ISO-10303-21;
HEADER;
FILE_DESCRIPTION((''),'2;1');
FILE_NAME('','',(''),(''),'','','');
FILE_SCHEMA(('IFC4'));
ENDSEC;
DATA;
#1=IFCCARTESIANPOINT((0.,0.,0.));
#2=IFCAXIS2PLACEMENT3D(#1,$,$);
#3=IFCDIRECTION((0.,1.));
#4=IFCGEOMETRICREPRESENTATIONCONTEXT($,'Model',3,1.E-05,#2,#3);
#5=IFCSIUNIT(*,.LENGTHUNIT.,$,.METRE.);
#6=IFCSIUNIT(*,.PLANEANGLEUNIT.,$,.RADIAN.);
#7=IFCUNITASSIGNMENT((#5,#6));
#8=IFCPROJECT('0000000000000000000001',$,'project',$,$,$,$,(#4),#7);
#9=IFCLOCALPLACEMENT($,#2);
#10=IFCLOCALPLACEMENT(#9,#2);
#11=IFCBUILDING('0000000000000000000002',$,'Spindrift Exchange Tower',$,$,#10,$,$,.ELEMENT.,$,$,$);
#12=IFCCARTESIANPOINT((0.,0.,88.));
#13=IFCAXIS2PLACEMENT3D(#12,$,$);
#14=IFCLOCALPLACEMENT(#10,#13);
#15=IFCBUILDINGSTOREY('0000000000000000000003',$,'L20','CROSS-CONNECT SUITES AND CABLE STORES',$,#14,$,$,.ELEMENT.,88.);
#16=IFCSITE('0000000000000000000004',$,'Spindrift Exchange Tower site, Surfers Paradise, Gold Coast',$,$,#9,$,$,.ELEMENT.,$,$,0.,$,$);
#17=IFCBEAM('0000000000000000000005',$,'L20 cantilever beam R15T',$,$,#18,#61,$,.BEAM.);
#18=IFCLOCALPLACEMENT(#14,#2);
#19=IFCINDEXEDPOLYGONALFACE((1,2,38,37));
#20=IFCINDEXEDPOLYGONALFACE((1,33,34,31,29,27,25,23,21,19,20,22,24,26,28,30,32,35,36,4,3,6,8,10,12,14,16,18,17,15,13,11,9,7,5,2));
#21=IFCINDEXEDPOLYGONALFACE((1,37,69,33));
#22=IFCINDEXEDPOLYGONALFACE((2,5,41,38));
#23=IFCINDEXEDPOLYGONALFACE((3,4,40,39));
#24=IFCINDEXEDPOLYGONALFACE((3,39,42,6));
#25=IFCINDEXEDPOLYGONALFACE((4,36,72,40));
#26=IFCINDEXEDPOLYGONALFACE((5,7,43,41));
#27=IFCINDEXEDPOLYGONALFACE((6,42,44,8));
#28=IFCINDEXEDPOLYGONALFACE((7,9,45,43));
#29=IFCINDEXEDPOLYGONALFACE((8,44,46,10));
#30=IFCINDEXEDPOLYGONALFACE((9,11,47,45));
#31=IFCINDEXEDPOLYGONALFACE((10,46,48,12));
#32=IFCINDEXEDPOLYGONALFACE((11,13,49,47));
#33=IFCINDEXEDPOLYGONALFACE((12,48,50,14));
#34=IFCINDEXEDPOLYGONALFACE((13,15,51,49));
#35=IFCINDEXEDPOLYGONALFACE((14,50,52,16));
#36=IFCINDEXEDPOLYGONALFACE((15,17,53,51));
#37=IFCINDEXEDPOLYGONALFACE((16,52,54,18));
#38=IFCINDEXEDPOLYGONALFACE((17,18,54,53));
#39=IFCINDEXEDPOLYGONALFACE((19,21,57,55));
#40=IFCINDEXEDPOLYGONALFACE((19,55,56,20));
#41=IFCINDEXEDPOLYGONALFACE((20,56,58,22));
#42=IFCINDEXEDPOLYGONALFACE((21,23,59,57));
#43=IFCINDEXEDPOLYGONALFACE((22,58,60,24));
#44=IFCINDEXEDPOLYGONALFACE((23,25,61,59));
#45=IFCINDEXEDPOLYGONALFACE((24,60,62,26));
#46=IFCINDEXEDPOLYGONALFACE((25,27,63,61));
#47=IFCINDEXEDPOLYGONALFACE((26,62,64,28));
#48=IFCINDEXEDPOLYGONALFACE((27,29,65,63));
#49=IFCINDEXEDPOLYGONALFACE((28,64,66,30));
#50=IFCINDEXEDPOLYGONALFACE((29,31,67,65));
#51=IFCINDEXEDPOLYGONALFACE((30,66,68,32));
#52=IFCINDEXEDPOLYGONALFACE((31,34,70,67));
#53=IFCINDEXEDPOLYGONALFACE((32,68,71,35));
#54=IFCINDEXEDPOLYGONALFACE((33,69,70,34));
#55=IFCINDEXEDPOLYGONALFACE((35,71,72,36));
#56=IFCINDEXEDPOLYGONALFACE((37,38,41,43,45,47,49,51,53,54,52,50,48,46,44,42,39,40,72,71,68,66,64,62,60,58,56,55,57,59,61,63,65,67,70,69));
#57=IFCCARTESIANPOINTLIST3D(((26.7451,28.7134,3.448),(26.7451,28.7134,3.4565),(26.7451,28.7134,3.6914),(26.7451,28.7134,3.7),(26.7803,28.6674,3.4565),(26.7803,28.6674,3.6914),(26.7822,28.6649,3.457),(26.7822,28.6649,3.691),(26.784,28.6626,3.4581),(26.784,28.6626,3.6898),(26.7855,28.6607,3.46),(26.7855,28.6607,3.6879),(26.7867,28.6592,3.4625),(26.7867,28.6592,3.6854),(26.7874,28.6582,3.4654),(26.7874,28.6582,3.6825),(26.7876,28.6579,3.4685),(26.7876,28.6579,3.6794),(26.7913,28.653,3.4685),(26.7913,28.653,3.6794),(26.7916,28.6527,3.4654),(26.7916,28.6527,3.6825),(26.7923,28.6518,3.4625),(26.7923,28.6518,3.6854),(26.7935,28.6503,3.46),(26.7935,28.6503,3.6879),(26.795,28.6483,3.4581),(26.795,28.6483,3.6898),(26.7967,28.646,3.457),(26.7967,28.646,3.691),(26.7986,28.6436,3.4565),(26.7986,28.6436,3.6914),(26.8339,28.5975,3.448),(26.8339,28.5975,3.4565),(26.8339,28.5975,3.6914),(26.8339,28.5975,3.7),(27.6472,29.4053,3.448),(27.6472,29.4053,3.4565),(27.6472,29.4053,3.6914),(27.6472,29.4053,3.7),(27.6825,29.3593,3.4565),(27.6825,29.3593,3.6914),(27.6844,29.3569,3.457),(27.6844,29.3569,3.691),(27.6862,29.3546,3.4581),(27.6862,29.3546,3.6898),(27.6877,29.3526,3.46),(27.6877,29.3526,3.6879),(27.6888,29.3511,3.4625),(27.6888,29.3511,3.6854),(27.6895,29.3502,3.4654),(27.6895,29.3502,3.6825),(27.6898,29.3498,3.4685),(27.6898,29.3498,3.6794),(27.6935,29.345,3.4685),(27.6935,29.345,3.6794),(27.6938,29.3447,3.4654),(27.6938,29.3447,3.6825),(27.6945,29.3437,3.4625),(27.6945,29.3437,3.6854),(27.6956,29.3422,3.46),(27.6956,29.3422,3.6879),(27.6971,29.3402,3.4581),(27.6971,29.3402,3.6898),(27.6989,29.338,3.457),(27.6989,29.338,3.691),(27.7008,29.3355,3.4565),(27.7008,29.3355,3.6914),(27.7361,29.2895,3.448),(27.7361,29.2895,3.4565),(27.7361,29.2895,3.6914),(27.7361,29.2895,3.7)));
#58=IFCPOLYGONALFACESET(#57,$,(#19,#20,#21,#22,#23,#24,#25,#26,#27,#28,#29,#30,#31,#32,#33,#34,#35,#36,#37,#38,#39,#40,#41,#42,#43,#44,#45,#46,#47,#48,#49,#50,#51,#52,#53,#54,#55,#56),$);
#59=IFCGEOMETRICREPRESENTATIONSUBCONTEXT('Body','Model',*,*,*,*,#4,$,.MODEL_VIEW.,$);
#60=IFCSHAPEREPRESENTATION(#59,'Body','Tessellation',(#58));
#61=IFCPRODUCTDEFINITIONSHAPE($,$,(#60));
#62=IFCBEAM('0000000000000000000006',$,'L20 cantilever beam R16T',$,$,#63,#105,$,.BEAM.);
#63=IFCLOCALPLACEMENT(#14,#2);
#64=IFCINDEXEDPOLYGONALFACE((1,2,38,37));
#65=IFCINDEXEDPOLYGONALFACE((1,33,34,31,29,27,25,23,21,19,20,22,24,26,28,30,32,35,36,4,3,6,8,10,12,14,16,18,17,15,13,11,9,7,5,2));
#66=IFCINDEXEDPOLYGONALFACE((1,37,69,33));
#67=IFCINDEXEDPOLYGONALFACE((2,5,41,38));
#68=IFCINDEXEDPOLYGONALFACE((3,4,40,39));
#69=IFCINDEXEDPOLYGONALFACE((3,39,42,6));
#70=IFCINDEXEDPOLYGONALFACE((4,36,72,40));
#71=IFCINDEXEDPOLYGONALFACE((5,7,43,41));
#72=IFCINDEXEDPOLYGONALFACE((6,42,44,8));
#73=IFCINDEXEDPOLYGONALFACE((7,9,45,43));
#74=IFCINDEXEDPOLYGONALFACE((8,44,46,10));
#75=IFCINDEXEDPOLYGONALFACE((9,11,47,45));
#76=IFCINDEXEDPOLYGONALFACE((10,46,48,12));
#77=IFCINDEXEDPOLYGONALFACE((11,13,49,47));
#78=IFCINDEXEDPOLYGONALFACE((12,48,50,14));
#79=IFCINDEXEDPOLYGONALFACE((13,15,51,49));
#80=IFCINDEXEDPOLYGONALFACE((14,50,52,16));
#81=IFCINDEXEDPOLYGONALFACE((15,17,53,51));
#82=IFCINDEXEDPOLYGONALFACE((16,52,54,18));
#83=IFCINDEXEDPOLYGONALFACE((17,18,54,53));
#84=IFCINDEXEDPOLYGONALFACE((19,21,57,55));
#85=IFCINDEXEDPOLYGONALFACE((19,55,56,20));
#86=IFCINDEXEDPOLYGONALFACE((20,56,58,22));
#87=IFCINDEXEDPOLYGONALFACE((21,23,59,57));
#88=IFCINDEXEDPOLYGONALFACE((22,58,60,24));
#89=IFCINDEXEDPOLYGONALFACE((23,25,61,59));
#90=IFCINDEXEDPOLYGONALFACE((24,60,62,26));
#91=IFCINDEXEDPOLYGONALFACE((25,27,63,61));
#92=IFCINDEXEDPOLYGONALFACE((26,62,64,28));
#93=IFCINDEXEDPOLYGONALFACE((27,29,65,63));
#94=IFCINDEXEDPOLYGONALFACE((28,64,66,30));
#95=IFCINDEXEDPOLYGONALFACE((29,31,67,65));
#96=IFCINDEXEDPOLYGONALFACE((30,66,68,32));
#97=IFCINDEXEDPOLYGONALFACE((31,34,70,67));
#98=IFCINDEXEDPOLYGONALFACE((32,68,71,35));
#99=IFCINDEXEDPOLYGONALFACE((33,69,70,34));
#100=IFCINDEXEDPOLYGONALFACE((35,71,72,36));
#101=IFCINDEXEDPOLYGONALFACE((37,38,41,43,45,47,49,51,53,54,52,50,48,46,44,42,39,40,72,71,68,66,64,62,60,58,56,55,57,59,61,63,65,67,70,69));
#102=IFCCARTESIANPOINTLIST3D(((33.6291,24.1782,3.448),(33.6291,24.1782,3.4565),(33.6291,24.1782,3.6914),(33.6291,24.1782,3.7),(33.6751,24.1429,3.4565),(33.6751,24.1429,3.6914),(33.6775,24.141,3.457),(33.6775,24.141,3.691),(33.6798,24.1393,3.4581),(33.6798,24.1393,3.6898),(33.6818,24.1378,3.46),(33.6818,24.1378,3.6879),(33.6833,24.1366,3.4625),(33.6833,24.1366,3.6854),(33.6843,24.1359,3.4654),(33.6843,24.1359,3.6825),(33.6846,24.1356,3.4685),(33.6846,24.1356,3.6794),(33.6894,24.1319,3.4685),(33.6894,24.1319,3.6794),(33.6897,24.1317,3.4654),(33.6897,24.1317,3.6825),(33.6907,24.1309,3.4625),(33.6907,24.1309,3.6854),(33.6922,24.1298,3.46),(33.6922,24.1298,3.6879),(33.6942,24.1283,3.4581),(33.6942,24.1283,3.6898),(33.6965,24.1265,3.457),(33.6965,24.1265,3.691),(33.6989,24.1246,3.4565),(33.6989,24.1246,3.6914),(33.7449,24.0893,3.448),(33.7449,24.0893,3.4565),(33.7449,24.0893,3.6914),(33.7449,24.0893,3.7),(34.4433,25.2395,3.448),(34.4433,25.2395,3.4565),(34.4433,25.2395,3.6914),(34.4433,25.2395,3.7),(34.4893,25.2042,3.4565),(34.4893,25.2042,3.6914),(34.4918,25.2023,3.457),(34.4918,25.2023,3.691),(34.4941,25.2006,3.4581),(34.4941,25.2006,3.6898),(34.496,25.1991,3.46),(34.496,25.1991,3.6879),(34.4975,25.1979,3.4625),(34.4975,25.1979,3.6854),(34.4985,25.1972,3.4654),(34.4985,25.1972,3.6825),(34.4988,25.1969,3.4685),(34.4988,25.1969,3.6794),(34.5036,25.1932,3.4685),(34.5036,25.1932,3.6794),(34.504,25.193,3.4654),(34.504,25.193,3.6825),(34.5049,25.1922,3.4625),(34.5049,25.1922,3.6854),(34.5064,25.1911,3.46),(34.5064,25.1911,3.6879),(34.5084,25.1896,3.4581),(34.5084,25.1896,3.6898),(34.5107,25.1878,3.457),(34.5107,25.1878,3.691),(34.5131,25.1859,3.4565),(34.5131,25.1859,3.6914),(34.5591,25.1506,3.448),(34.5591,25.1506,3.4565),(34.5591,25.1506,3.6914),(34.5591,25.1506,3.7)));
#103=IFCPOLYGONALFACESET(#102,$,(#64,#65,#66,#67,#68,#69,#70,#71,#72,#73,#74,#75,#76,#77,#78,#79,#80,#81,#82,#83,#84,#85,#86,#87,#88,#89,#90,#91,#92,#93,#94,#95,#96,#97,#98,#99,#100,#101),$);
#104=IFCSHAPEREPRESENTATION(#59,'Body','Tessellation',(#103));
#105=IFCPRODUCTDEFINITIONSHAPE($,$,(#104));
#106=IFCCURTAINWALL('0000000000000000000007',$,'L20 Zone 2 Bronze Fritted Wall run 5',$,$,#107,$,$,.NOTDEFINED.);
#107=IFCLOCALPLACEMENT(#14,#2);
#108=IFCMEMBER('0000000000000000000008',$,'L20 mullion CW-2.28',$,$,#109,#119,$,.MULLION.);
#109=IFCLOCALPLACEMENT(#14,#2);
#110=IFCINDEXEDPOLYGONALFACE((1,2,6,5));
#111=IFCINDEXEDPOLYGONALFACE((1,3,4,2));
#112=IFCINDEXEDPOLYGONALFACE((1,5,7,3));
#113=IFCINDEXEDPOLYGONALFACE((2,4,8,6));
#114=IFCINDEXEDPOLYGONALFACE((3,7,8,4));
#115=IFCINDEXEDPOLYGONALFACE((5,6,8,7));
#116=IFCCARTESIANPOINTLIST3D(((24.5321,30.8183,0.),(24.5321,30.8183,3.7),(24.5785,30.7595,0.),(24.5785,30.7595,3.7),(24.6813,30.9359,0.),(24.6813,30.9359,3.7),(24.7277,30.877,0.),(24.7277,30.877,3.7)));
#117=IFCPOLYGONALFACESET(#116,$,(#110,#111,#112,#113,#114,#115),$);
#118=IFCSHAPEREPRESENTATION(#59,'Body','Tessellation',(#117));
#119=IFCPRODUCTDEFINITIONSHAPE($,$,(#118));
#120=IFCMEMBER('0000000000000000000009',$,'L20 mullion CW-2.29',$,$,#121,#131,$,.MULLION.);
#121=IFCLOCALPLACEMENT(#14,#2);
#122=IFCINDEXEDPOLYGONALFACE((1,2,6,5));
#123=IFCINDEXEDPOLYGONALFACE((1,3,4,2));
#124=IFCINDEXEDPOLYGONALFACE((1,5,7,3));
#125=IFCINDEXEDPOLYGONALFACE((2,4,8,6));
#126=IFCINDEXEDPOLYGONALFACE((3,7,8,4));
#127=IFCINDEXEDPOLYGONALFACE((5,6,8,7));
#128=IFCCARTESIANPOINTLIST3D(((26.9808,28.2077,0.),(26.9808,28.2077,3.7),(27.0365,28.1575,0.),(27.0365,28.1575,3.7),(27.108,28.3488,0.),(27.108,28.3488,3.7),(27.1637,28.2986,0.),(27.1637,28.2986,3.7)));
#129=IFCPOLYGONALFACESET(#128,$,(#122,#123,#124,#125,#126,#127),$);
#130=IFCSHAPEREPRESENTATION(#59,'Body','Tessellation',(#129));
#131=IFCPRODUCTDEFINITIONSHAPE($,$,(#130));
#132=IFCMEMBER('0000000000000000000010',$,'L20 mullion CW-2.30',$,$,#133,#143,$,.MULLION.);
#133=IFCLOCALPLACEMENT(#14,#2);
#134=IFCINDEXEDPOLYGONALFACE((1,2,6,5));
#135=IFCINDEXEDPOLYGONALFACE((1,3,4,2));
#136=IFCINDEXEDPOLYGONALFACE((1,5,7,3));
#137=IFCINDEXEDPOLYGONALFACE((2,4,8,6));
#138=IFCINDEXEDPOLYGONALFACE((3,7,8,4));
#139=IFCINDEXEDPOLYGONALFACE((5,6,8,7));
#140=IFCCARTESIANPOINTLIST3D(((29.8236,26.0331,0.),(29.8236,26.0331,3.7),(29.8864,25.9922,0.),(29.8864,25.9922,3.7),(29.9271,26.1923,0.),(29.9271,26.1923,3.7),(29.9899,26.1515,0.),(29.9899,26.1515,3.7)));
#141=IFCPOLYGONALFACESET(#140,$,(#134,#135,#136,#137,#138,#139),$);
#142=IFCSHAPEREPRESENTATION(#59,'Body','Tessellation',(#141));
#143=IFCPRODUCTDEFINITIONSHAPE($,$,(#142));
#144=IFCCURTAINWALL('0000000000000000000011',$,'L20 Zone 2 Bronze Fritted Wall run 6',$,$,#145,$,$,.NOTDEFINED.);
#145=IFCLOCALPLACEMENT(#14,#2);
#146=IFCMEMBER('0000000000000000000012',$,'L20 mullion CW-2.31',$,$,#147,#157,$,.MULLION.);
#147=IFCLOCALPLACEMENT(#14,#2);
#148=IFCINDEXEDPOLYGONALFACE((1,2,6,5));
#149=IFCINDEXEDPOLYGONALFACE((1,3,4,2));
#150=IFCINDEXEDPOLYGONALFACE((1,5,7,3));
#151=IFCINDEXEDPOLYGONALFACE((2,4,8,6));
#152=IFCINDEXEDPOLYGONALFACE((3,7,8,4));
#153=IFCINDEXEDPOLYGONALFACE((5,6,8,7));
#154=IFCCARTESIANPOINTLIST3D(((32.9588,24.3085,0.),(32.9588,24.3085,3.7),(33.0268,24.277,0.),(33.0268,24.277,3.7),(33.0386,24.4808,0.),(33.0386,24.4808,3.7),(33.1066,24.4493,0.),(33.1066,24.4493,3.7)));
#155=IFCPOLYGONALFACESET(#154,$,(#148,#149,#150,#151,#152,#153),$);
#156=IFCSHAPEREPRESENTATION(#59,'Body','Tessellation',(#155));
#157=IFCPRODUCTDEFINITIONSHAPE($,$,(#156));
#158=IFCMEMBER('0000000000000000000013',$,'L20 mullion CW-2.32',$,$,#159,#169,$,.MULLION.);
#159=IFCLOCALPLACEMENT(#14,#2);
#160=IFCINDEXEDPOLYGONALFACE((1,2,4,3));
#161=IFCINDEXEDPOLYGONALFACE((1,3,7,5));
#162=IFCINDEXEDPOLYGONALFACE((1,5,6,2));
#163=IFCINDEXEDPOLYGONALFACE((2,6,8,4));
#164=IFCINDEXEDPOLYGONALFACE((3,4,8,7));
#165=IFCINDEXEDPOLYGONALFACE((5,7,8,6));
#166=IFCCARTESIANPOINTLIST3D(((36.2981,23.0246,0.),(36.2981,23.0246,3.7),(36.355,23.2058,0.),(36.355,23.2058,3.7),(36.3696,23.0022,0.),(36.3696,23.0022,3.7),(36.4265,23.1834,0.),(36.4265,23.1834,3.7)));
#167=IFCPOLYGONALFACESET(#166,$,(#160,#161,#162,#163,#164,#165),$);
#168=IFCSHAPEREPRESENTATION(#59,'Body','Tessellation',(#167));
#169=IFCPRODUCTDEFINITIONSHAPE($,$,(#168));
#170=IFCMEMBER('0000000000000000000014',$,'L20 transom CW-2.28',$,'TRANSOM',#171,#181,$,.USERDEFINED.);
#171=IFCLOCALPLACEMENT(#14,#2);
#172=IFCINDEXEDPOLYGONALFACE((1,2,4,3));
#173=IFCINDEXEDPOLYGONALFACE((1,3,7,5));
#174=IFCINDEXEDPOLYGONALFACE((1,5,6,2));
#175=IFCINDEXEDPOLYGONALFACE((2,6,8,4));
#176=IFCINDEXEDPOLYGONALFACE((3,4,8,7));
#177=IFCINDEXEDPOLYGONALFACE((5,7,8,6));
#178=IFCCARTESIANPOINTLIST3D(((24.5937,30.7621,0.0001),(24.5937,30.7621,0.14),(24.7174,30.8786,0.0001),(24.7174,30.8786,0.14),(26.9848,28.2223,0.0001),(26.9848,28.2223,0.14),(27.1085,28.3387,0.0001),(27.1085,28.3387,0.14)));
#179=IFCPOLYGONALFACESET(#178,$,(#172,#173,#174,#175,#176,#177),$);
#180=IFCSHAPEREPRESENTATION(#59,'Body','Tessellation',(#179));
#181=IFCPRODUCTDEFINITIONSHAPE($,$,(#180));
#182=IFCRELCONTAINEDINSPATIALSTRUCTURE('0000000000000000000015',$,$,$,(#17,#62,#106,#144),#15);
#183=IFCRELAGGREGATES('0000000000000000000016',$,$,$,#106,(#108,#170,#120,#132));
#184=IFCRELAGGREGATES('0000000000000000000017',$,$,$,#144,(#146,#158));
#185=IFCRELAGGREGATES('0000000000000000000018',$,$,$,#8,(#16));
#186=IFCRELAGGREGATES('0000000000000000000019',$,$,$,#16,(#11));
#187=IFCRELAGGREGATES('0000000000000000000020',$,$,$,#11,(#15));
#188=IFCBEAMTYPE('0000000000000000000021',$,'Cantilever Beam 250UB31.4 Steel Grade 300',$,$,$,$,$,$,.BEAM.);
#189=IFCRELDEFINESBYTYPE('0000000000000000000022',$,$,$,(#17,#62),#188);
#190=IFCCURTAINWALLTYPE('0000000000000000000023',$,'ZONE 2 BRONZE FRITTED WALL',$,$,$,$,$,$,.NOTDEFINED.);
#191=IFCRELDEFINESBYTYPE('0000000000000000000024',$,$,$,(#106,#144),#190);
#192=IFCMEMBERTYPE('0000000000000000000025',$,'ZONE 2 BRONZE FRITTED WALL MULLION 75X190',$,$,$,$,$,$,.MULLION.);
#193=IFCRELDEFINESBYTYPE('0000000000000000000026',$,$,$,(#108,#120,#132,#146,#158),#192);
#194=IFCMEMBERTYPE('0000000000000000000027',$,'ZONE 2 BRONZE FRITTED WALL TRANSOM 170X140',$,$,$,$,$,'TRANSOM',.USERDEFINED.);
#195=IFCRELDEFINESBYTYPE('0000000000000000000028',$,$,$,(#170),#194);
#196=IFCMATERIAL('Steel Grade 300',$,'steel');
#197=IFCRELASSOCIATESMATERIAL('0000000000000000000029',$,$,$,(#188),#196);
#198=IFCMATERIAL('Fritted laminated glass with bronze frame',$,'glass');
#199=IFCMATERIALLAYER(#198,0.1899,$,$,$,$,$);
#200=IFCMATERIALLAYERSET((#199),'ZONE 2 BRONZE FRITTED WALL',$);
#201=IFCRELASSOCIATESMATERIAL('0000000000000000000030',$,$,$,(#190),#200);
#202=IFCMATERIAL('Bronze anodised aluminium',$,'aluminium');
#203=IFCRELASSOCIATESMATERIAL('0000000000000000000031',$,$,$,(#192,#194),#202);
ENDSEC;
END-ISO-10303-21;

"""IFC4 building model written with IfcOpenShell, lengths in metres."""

from ifc_helpers import new_model, si_unit, direction, frame, origin, origin_2d, place, context, subcontext, project, spatial, rectangle, i_section, extrude, source, transform, mapped, material, layer, layer_set, material_profile, profile_set, type_object, element, aggregate, save


model = new_model("IFC4")

# Units and contexts
model_context = context("Model", 3, precision=1e-05, world=origin(), true_north=direction((0.0, 1.0)))
body_context = subcontext(model_context, "Body", "Model", "MODEL_VIEW")
ifc_project = project(units=[si_unit("LENGTHUNIT", "METRE"), si_unit("PLANEANGLEUNIT", "RADIAN")], contexts=[model_context])

# Site, building, storey
site_placement = place(None, origin())
site = spatial("IfcSite", under=ifc_project, at=site_placement, Name="Spindrift Exchange Tower site, Surfers Paradise, Gold Coast", CompositionType="ELEMENT", RefElevation=0.0)
building_placement = place(site_placement, origin())
building = spatial("IfcBuilding", under=site, at=building_placement, Name="Spindrift Exchange Tower", CompositionType="ELEMENT")
storey_placement = place(building_placement, frame((0.0, 0.0, 88.0)))
storey = spatial("IfcBuildingStorey", under=building, at=storey_placement, Name="L20", Description="CROSS-CONNECT SUITES AND CABLE STORES", CompositionType="ELEMENT", Elevation=88.0)

# Beams
ifc_material_1 = material(Name="Steel Grade 300", Category="steel")
ifc_material_profile_1 = material_profile(ifc_material_1, i_section(OverallWidth=0.146, OverallDepth=0.252, WebThickness=0.0061, FlangeThickness=0.0085, FilletRadius=0.012, at=origin_2d()), Name="250UB31.4")
ifc_profile_set_1 = profile_set([ifc_material_profile_1], Name="Steel Grade 300")
beam_type_1 = type_object("IfcBeamType", Name="Cantilever Beam 250UB31.4 Steel Grade 300", PredefinedType="BEAM", material=ifc_profile_set_1)
shared_shape_1 = source(origin(), body_context, "Body", "SweptSolid", [
    extrude(i_section(OverallWidth=0.146, OverallDepth=0.252, WebThickness=0.0061, FlangeThickness=0.0085, FilletRadius=0.012, at=origin_2d()), origin(), (0.0, 0.0, 1.0), 1.137),
])
beam_1_placement = place(storey_placement, frame((27.6917, 29.3474, 3.574), z_axis=(-0.793485, -0.608589, 0.0), x_axis=(0.608589, -0.793485, 0.0)))
element("IfcBeam", 1, at=beam_1_placement, inside=storey, type_object=beam_type_1, Name="L20 cantilever beam R15T", PredefinedType="BEAM", context=body_context, shape_type="MappedRepresentation", body=[
    mapped(shared_shape_1, transform((0.0, 0.0, 0.0), scale=1.0)),
])
shared_shape_2 = source(origin(), body_context, "Body", "SweptSolid", [
    extrude(i_section(OverallWidth=0.146, OverallDepth=0.252, WebThickness=0.0061, FlangeThickness=0.0085, FilletRadius=0.012, at=origin_2d()), origin(), (0.0, 0.0, 1.0), 1.3376),
])
beam_2_placement = place(storey_placement, frame((34.5012, 25.1951, 3.574), z_axis=(-0.608696, -0.793404, 0.0), x_axis=(0.793404, -0.608696, 0.0)))
element("IfcBeam", 2, at=beam_2_placement, inside=storey, type_object=beam_type_1, Name="L20 cantilever beam R16T", PredefinedType="BEAM", context=body_context, shape_type="MappedRepresentation", body=[
    mapped(shared_shape_2, transform((0.0, 0.0, 0.0), scale=1.0)),
])

# Curtain walls, members
ifc_material_2 = material(Name="Fritted laminated glass with bronze frame", Category="glass")
ifc_layer_1 = layer(ifc_material_2, 0.1899)
ifc_layer_set_1 = layer_set([ifc_layer_1], Name="ZONE 2 BRONZE FRITTED WALL")
curtain_wall_type = type_object("IfcCurtainWallType", Name="ZONE 2 BRONZE FRITTED WALL", PredefinedType="NOTDEFINED", material=ifc_layer_set_1)
curtain_wall_1_placement = place(storey_placement, origin())
curtain_wall_1 = element("IfcCurtainWall", 3, at=curtain_wall_1_placement, inside=storey, type_object=curtain_wall_type, Name="L20 Zone 2 Bronze Fritted Wall run 5", PredefinedType="NOTDEFINED")
ifc_material_3 = material(Name="Bronze anodised aluminium", Category="aluminium")
ifc_material_profile_2 = material_profile(ifc_material_3, rectangle(XDim=0.075, YDim=0.1899, at=origin_2d()), Name="ZONE 2 BRONZE FRITTED WALL MULLION 75X190")
ifc_profile_set_2 = profile_set([ifc_material_profile_2], Name="Bronze anodised aluminium")
member_type_1 = type_object("IfcMemberType", Name="ZONE 2 BRONZE FRITTED WALL MULLION 75X190", PredefinedType="MULLION", material=ifc_profile_set_2)
shared_shape_3 = source(origin(), body_context, "Body", "SweptSolid", [
    extrude(rectangle(XDim=0.075, YDim=0.1899, at=origin_2d()), origin(), (0.0, 0.0, 1.0), 3.7),
])
member_1_placement = place(storey_placement, frame((24.6299, 30.8477, 0.0), z_axis=(0.0, 0.0, 1.0), x_axis=(0.618658, -0.78566, 0.0)))
member_1 = element("IfcMember", 4, at=member_1_placement, type_object=member_type_1, Name="L20 mullion CW-2.28", PredefinedType="MULLION", context=body_context, shape_type="MappedRepresentation", body=[
    mapped(shared_shape_3, transform((0.0, 0.0, 0.0), scale=1.0)),
])
member_2_placement = place(storey_placement, frame((27.0723, 28.2532, 0.0), z_axis=(0.0, 0.0, 1.0), x_axis=(0.742868, -0.669438, 0.0)))
member_2 = element("IfcMember", 5, at=member_2_placement, type_object=member_type_1, Name="L20 mullion CW-2.29", PredefinedType="MULLION", context=body_context, shape_type="MappedRepresentation", body=[
    mapped(shared_shape_3, transform((0.0, 0.0, 0.0), scale=1.0)),
])
member_3_placement = place(storey_placement, frame((29.9067, 26.0923, 0.0), z_axis=(0.0, 0.0, 1.0), x_axis=(0.838454, -0.544972, 0.0)))
member_3 = element("IfcMember", 6, at=member_3_placement, type_object=member_type_1, Name="L20 mullion CW-2.30", PredefinedType="MULLION", context=body_context, shape_type="MappedRepresentation", body=[
    mapped(shared_shape_3, transform((0.0, 0.0, 0.0), scale=1.0)),
])
curtain_wall_2_placement = place(storey_placement, origin())
curtain_wall_2 = element("IfcCurtainWall", 7, at=curtain_wall_2_placement, inside=storey, type_object=curtain_wall_type, Name="L20 Zone 2 Bronze Fritted Wall run 6", PredefinedType="NOTDEFINED")
member_4_placement = place(storey_placement, frame((33.0327, 24.3789, 0.0), z_axis=(0.0, 0.0, 1.0), x_axis=(0.907477, -0.420103, 0.0)))
member_4 = element("IfcMember", 8, at=member_4_placement, type_object=member_type_1, Name="L20 mullion CW-2.31", PredefinedType="MULLION", context=body_context, shape_type="MappedRepresentation", body=[
    mapped(shared_shape_3, transform((0.0, 0.0, 0.0), scale=1.0)),
])
member_5_placement = place(storey_placement, frame((36.3623, 23.104, 0.0), z_axis=(0.0, 0.0, 1.0), x_axis=(0.954046, -0.299661, 0.0)))
member_5 = element("IfcMember", 9, at=member_5_placement, type_object=member_type_1, Name="L20 mullion CW-2.32", PredefinedType="MULLION", context=body_context, shape_type="MappedRepresentation", body=[
    mapped(shared_shape_3, transform((0.0, 0.0, 0.0), scale=1.0)),
])

# Member
ifc_material_profile_3 = material_profile(ifc_material_3, rectangle(XDim=0.1699, YDim=0.1399, at=origin_2d()), Name="ZONE 2 BRONZE FRITTED WALL TRANSOM 170X140")
ifc_profile_set_3 = profile_set([ifc_material_profile_3], Name="Bronze anodised aluminium")
member_type_2 = type_object("IfcMemberType", Name="ZONE 2 BRONZE FRITTED WALL TRANSOM 170X140", ElementType="TRANSOM", PredefinedType="USERDEFINED", material=ifc_profile_set_3)
shared_shape_4 = source(origin(), body_context, "Body", "SweptSolid", [
    extrude(rectangle(XDim=0.1699, YDim=0.1399, at=origin_2d()), origin(), (0.0, 0.0, 1.0), 3.4883),
])
member_6_placement = place(storey_placement, frame((24.6555, 30.8203, 0.0701), z_axis=(0.685474, -0.728097, 0.0), x_axis=(0.728097, 0.685474, 0.0)))
member_6 = element("IfcMember", 10, at=member_6_placement, type_object=member_type_2, Name="L20 transom CW-2.28", ObjectType="TRANSOM", PredefinedType="USERDEFINED", context=body_context, shape_type="MappedRepresentation", body=[
    mapped(shared_shape_4, transform((0.0, 0.0, 0.0), scale=1.0)),
])

aggregate(curtain_wall_1, [member_1, member_6, member_2, member_3])
aggregate(curtain_wall_2, [member_4, member_5])

save(model, "model.ifc")
